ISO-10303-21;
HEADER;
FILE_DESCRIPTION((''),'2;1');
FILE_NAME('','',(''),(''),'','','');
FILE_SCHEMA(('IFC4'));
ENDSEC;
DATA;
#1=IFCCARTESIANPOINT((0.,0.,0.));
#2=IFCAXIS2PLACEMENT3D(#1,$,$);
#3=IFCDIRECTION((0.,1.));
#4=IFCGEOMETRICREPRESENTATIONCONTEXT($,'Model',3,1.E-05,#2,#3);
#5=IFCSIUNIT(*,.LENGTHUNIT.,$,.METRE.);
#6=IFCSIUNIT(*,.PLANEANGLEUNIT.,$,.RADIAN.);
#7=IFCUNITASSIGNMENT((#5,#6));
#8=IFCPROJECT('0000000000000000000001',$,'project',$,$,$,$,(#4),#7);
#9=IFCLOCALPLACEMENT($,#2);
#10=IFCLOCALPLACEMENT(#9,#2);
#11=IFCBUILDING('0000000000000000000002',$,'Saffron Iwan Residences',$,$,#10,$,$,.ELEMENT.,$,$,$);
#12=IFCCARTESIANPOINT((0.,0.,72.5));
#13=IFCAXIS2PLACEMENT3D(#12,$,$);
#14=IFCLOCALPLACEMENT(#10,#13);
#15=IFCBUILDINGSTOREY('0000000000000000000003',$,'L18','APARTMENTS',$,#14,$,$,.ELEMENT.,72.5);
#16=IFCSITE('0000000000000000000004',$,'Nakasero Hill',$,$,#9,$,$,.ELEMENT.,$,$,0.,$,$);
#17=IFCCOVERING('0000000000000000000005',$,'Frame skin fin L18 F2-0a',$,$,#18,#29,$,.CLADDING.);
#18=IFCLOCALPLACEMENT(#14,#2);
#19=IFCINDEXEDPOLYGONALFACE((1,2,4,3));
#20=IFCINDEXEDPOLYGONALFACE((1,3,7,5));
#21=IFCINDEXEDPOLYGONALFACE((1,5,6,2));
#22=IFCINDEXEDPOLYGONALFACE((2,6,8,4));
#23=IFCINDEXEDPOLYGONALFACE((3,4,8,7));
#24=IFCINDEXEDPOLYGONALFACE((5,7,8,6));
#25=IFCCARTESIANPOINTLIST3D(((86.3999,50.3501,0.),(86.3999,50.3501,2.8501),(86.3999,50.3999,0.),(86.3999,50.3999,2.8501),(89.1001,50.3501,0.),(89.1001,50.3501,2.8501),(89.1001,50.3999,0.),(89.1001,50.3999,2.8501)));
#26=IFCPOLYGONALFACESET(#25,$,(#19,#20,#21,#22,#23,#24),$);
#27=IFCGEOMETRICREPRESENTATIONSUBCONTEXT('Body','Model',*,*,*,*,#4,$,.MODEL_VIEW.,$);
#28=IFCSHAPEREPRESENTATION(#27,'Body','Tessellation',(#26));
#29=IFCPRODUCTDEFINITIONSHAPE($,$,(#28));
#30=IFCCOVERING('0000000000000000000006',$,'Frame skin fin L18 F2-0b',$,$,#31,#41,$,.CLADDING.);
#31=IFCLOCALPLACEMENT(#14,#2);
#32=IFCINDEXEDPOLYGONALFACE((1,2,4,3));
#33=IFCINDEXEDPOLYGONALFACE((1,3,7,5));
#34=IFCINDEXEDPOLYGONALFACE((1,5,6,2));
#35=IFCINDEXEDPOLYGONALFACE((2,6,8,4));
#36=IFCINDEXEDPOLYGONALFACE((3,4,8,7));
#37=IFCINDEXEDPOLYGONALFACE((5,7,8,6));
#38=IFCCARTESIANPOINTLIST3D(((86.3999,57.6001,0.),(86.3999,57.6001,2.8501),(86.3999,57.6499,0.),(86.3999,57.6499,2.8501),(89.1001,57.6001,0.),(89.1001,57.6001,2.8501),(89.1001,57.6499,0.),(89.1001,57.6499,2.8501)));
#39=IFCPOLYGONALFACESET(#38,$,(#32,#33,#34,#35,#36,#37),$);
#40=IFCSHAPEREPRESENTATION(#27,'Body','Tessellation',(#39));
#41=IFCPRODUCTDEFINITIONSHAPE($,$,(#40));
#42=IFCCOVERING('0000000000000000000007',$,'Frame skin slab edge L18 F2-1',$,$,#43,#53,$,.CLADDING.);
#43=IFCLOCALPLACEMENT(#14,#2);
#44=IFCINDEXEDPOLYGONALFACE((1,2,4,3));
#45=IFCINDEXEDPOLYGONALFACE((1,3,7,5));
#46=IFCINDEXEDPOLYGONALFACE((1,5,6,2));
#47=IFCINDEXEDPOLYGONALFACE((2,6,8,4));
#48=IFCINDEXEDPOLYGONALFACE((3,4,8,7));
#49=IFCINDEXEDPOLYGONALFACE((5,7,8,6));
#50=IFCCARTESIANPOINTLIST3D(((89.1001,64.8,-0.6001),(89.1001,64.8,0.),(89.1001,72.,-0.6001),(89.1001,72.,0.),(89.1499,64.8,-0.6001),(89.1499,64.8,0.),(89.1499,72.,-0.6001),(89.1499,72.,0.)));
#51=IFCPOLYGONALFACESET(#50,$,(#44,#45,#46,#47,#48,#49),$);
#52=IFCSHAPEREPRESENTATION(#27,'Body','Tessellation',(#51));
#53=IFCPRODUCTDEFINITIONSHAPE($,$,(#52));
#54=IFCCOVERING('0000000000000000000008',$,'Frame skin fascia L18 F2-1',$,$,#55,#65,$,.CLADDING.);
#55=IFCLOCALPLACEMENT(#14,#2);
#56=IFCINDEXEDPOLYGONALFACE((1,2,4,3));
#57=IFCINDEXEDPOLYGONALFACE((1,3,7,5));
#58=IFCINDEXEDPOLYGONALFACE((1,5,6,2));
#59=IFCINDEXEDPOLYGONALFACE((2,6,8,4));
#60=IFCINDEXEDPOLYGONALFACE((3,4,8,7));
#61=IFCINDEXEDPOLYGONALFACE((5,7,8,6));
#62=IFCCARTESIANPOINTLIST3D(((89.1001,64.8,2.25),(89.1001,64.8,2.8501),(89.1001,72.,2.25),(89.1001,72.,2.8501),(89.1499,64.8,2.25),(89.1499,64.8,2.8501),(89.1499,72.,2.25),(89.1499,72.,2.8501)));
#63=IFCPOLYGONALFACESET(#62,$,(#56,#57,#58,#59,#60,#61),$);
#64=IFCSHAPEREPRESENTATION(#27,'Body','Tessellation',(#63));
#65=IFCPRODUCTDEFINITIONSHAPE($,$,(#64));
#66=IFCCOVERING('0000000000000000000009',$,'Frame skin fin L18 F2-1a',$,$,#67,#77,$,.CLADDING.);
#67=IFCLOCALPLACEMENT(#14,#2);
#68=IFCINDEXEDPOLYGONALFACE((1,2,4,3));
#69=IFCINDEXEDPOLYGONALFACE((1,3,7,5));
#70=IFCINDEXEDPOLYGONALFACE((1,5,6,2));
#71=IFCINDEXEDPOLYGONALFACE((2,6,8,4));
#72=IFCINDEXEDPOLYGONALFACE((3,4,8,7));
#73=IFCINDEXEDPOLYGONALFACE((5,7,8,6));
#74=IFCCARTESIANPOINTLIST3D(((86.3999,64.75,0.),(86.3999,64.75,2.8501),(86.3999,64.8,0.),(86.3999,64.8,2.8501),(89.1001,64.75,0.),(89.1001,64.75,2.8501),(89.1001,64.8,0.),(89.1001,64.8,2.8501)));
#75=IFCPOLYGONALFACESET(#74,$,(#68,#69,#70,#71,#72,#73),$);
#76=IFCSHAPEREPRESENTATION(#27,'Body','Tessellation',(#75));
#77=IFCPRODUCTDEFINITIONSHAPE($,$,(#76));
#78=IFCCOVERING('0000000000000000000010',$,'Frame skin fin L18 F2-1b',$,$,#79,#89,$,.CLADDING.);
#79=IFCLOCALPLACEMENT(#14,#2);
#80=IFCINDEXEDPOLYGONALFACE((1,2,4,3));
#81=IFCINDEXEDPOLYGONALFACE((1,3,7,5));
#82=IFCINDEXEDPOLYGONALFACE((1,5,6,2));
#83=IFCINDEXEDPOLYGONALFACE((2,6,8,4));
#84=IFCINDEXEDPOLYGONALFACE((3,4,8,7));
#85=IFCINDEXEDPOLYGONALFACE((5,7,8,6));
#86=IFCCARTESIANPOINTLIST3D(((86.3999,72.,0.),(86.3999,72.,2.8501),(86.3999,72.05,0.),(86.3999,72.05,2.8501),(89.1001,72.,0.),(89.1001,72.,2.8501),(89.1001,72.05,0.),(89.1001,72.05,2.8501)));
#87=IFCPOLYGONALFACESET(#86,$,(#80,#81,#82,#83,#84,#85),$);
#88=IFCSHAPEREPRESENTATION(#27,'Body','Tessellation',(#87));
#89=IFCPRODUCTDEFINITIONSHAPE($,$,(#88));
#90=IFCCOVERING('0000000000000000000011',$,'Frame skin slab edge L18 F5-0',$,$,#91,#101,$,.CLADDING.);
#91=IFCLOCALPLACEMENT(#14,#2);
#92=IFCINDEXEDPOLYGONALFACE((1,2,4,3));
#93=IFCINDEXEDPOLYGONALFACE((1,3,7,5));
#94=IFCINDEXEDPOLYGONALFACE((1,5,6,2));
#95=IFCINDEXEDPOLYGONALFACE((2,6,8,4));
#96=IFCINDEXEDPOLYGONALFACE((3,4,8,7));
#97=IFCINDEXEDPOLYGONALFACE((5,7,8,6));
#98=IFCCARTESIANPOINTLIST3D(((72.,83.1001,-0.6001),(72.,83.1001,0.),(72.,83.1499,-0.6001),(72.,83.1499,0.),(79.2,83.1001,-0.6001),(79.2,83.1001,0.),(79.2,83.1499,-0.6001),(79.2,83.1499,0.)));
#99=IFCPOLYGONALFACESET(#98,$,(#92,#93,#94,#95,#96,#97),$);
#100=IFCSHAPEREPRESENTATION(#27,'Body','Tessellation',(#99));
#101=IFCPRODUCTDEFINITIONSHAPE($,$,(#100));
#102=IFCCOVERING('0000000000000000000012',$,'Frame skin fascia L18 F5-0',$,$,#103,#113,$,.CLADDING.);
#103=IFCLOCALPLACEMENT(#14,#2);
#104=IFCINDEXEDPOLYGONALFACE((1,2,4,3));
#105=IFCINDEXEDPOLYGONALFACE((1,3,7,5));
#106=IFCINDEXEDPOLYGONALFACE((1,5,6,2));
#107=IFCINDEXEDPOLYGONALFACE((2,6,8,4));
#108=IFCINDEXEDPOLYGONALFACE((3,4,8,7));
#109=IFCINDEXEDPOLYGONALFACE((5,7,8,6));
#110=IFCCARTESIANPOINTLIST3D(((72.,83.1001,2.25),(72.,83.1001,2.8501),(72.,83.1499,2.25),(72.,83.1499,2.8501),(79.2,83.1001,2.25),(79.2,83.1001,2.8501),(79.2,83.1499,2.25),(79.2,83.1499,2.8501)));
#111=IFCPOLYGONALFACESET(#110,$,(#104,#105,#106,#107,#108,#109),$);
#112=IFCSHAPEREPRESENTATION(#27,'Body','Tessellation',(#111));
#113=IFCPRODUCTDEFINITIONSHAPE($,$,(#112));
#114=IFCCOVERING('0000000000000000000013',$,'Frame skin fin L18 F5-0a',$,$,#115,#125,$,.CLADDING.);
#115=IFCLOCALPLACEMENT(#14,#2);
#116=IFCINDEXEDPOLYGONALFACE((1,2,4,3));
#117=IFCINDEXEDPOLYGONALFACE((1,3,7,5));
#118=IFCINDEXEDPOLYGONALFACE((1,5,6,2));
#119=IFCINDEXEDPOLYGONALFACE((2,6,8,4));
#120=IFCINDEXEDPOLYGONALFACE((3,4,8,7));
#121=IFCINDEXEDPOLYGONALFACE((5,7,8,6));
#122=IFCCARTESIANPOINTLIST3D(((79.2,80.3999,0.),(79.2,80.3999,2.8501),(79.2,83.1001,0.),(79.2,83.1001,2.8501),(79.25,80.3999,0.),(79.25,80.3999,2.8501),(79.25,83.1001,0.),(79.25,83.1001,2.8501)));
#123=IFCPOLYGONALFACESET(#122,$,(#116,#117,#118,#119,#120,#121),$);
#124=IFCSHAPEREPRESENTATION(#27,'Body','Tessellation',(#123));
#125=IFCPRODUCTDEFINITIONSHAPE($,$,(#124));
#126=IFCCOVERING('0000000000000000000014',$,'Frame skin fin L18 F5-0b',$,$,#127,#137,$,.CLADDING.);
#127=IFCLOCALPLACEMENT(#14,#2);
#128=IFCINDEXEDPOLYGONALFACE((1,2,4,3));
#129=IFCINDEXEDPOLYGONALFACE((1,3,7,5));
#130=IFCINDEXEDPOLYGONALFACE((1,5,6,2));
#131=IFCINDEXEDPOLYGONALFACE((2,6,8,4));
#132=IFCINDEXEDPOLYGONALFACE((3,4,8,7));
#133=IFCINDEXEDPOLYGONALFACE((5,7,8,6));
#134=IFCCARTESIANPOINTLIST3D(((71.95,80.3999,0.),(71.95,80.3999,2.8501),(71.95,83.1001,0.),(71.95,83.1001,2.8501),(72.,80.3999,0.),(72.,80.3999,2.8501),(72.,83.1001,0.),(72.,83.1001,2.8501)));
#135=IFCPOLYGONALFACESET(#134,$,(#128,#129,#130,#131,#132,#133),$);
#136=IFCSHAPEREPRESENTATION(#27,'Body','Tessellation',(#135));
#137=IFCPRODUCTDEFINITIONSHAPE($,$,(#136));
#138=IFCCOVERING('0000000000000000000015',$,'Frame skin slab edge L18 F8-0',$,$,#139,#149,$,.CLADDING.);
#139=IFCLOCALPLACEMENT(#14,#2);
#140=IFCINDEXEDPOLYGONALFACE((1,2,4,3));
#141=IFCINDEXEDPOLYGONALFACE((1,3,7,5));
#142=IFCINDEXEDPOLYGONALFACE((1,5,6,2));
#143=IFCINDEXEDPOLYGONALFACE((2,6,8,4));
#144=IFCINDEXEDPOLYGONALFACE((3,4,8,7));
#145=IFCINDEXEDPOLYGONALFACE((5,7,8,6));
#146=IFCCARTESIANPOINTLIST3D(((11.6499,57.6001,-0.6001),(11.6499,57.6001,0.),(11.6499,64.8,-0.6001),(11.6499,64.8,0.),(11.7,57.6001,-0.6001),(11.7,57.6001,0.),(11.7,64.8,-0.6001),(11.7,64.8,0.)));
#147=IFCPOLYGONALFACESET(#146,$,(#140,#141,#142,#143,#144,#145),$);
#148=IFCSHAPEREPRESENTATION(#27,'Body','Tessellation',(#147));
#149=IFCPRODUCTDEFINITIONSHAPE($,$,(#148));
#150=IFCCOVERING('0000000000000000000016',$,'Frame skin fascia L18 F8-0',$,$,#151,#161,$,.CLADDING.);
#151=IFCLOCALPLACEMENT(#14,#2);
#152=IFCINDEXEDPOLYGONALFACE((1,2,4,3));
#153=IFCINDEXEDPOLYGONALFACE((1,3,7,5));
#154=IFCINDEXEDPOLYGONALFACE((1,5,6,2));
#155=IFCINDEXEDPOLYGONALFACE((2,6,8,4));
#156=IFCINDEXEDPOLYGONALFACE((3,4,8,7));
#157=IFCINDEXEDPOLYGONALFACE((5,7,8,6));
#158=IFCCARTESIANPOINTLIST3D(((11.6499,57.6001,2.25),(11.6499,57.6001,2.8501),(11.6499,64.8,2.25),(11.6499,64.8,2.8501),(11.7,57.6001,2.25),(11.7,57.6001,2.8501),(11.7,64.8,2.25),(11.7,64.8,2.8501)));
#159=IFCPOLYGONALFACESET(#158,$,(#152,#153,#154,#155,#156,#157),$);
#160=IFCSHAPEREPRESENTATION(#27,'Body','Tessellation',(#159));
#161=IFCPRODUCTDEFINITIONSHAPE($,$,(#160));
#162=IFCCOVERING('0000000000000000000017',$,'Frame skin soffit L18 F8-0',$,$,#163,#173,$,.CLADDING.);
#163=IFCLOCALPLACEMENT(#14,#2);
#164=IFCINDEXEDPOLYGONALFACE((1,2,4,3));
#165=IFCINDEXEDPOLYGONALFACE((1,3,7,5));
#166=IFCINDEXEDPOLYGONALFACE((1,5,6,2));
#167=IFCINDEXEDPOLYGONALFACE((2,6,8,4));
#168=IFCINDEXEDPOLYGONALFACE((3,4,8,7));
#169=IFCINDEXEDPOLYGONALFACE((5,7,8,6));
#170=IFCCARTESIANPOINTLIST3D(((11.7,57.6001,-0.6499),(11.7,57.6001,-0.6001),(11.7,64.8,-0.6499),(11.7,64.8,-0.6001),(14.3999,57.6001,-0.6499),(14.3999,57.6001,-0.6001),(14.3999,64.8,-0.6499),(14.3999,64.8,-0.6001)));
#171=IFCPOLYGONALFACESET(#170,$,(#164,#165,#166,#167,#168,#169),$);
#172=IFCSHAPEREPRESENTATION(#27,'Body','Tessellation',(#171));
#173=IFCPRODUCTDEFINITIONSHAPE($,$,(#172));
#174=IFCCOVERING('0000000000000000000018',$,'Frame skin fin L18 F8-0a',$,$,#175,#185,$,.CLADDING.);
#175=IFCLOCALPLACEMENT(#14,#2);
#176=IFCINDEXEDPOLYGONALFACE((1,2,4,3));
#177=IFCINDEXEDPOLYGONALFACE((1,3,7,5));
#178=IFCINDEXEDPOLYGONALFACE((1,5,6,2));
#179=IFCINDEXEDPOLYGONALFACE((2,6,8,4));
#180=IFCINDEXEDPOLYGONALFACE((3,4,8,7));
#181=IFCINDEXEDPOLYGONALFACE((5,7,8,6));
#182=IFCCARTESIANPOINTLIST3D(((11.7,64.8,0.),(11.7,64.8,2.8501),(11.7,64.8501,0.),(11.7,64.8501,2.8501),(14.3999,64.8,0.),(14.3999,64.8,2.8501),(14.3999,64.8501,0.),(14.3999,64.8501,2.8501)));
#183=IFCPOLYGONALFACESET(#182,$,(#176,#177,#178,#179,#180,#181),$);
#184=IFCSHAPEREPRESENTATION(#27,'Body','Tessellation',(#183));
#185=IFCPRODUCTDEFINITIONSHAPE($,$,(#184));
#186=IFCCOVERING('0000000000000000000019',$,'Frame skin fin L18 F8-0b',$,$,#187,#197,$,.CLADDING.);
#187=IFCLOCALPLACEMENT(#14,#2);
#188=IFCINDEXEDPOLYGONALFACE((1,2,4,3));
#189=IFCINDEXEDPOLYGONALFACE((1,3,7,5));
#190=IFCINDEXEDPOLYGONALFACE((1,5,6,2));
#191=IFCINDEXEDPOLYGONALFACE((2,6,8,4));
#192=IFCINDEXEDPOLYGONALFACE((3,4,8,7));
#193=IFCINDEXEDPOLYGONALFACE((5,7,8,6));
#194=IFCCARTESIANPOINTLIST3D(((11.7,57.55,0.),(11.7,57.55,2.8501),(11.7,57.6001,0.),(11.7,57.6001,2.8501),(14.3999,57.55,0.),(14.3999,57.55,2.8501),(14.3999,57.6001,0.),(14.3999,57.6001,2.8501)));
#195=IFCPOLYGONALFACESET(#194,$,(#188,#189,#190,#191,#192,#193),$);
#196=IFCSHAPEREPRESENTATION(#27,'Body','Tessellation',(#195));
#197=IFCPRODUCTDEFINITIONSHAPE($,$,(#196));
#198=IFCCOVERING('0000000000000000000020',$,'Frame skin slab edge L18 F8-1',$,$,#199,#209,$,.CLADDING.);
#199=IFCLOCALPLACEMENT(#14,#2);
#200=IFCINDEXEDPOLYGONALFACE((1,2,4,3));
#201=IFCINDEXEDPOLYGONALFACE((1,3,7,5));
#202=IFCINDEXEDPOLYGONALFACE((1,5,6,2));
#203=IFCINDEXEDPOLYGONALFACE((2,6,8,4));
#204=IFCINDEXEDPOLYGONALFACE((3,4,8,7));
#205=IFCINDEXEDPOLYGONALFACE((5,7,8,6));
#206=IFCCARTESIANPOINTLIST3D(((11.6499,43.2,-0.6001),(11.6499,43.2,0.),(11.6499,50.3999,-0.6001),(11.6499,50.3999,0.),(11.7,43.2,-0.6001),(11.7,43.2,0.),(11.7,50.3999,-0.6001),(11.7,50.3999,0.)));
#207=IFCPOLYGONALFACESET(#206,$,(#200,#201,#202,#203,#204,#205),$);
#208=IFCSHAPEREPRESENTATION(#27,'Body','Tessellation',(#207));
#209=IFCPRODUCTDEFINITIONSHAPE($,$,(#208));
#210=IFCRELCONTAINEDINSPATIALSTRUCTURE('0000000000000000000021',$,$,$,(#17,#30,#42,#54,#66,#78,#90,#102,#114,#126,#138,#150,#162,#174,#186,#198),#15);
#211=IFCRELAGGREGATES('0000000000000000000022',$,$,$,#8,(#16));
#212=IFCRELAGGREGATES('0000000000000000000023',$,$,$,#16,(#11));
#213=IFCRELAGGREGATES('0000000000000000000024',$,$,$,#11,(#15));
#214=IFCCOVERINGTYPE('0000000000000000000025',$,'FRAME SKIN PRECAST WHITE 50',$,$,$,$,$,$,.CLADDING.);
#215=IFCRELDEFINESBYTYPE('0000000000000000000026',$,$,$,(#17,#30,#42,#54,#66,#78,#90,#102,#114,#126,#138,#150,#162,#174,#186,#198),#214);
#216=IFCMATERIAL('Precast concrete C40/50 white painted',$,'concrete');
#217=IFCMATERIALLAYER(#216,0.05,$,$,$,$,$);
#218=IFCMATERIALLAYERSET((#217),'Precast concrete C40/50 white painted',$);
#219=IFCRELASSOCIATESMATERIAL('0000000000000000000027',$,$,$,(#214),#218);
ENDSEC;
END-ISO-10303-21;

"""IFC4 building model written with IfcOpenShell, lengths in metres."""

from ifc_helpers import new_model, si_unit, direction, frame, origin, place, context, subcontext, project, spatial, polyline, outline, extrude, material, layer, layer_set, type_object, element, save


model = new_model("IFC4")

# Units and contexts
model_context = context("Model", 3, precision=1e-05, world=origin(), true_north=direction((0.0, 1.0)))
body_context = subcontext(model_context, "Body", "Model", "MODEL_VIEW")
ifc_project = project(units=[si_unit("LENGTHUNIT", "METRE"), si_unit("PLANEANGLEUNIT", "RADIAN")], contexts=[model_context])

# Site, building, storey
site_placement = place(None, origin())
site = spatial("IfcSite", under=ifc_project, at=site_placement, Name="Nakasero Hill", CompositionType="ELEMENT", RefElevation=0.0)
building_placement = place(site_placement, origin())
building = spatial("IfcBuilding", under=site, at=building_placement, Name="Saffron Iwan Residences", CompositionType="ELEMENT")
storey_placement = place(building_placement, frame((0.0, 0.0, 72.5)))
storey = spatial("IfcBuildingStorey", under=building, at=storey_placement, Name="L18", Description="APARTMENTS", CompositionType="ELEMENT", Elevation=72.5)

# Coverings
ifc_material_1 = material(Name="Precast concrete C40/50 white painted", Category="concrete")
ifc_layer_1 = layer(ifc_material_1, 0.05)
ifc_layer_set_1 = layer_set([ifc_layer_1], Name="Precast concrete C40/50 white painted")
covering_type_1 = type_object("IfcCoveringType", Name="FRAME SKIN PRECAST WHITE 50", PredefinedType="CLADDING", material=ifc_layer_set_1)
covering_1_placement = place(storey_placement, origin())
element("IfcCovering", 1, at=covering_1_placement, inside=storey, type_object=covering_type_1, Name="Frame skin fin L18 F2-0a", PredefinedType="CLADDING", context=body_context, shape_type="SweptSolid", body=[
    extrude(outline(polyline([(89.1001, 50.3501), (89.1001, 50.3999), (86.3999, 50.3999), (86.3999, 50.3501), (89.1001, 50.3501)])), origin(), (0.0, 0.0, 1.0), 2.8501),
])
covering_2_placement = place(storey_placement, origin())
element("IfcCovering", 2, at=covering_2_placement, inside=storey, type_object=covering_type_1, Name="Frame skin fin L18 F2-0b", PredefinedType="CLADDING", context=body_context, shape_type="SweptSolid", body=[
    extrude(outline(polyline([(89.1001, 57.6001), (89.1001, 57.6499), (86.3999, 57.6499), (86.3999, 57.6001), (89.1001, 57.6001)])), origin(), (0.0, 0.0, 1.0), 2.8501),
])
for number, where, name in (
    (3, (0.0, 0.0, -0.6001), "Frame skin slab edge L18 F2-1"),
    (4, (0.0, 0.0, 2.25), "Frame skin fascia L18 F2-1"),
):
    element("IfcCovering", number, at=place(storey_placement, frame(where)), inside=storey, type_object=covering_type_1, Name=name, PredefinedType="CLADDING", context=body_context, shape_type="SweptSolid", body=[
        extrude(outline(polyline([(89.1499, 64.8), (89.1499, 72.0), (89.1001, 72.0), (89.1001, 64.8), (89.1499, 64.8)])), origin(), (0.0, 0.0, 1.0), 0.6001),
    ])
covering_3_placement = place(storey_placement, origin())
element("IfcCovering", 5, at=covering_3_placement, inside=storey, type_object=covering_type_1, Name="Frame skin fin L18 F2-1a", PredefinedType="CLADDING", context=body_context, shape_type="SweptSolid", body=[
    extrude(outline(polyline([(89.1001, 64.75), (89.1001, 64.8), (86.3999, 64.8), (86.3999, 64.75), (89.1001, 64.75)])), origin(), (0.0, 0.0, 1.0), 2.8501),
])
covering_4_placement = place(storey_placement, origin())
element("IfcCovering", 6, at=covering_4_placement, inside=storey, type_object=covering_type_1, Name="Frame skin fin L18 F2-1b", PredefinedType="CLADDING", context=body_context, shape_type="SweptSolid", body=[
    extrude(outline(polyline([(89.1001, 72.0), (89.1001, 72.05), (86.3999, 72.05), (86.3999, 72.0), (89.1001, 72.0)])), origin(), (0.0, 0.0, 1.0), 2.8501),
])
for number, where, name in (
    (7, (0.0, 0.0, -0.6001), "Frame skin slab edge L18 F5-0"),
    (8, (0.0, 0.0, 2.25), "Frame skin fascia L18 F5-0"),
):
    element("IfcCovering", number, at=place(storey_placement, frame(where)), inside=storey, type_object=covering_type_1, Name=name, PredefinedType="CLADDING", context=body_context, shape_type="SweptSolid", body=[
        extrude(outline(polyline([(79.2, 83.1499), (72.0, 83.1499), (72.0, 83.1001), (79.2, 83.1001), (79.2, 83.1499)])), origin(), (0.0, 0.0, 1.0), 0.6001),
    ])
covering_5_placement = place(storey_placement, origin())
element("IfcCovering", 9, at=covering_5_placement, inside=storey, type_object=covering_type_1, Name="Frame skin fin L18 F5-0a", PredefinedType="CLADDING", context=body_context, shape_type="SweptSolid", body=[
    extrude(outline(polyline([(79.25, 83.1001), (79.2, 83.1001), (79.2, 80.3999), (79.25, 80.3999), (79.25, 83.1001)])), origin(), (0.0, 0.0, 1.0), 2.8501),
])
covering_6_placement = place(storey_placement, origin())
element("IfcCovering", 10, at=covering_6_placement, inside=storey, type_object=covering_type_1, Name="Frame skin fin L18 F5-0b", PredefinedType="CLADDING", context=body_context, shape_type="SweptSolid", body=[
    extrude(outline(polyline([(72.0, 83.1001), (71.95, 83.1001), (71.95, 80.3999), (72.0, 80.3999), (72.0, 83.1001)])), origin(), (0.0, 0.0, 1.0), 2.8501),
])
for number, where, name in (
    (11, (0.0, 0.0, -0.6001), "Frame skin slab edge L18 F8-0"),
    (12, (0.0, 0.0, 2.25), "Frame skin fascia L18 F8-0"),
):
    element("IfcCovering", number, at=place(storey_placement, frame(where)), inside=storey, type_object=covering_type_1, Name=name, PredefinedType="CLADDING", context=body_context, shape_type="SweptSolid", body=[
        extrude(outline(polyline([(11.6499, 64.8), (11.6499, 57.6001), (11.7, 57.6001), (11.7, 64.8), (11.6499, 64.8)])), origin(), (0.0, 0.0, 1.0), 0.6001),
    ])
covering_7_placement = place(storey_placement, frame((0.0, 0.0, -0.6499)))
element("IfcCovering", 13, at=covering_7_placement, inside=storey, type_object=covering_type_1, Name="Frame skin soffit L18 F8-0", PredefinedType="CLADDING", context=body_context, shape_type="SweptSolid", body=[
    extrude(outline(polyline([(11.7, 64.8), (11.7, 57.6001), (14.3999, 57.6001), (14.3999, 64.8), (11.7, 64.8)])), origin(), (0.0, 0.0, 1.0), 0.0498),
])
covering_8_placement = place(storey_placement, origin())
element("IfcCovering", 14, at=covering_8_placement, inside=storey, type_object=covering_type_1, Name="Frame skin fin L18 F8-0a", PredefinedType="CLADDING", context=body_context, shape_type="SweptSolid", body=[
    extrude(outline(polyline([(11.7, 64.8501), (11.7, 64.8), (14.3999, 64.8), (14.3999, 64.8501), (11.7, 64.8501)])), origin(), (0.0, 0.0, 1.0), 2.8501),
])
covering_9_placement = place(storey_placement, origin())
element("IfcCovering", 15, at=covering_9_placement, inside=storey, type_object=covering_type_1, Name="Frame skin fin L18 F8-0b", PredefinedType="CLADDING", context=body_context, shape_type="SweptSolid", body=[
    extrude(outline(polyline([(11.7, 57.6001), (11.7, 57.55), (14.3999, 57.55), (14.3999, 57.6001), (11.7, 57.6001)])), origin(), (0.0, 0.0, 1.0), 2.8501),
])
for number, where, name in (
    (16, (0.0, 0.0, -0.6001), "Frame skin slab edge L18 F8-1"),
):
    element("IfcCovering", number, at=place(storey_placement, frame(where)), inside=storey, type_object=covering_type_1, Name=name, PredefinedType="CLADDING", context=body_context, shape_type="SweptSolid", body=[
        extrude(outline(polyline([(11.6499, 50.3999), (11.6499, 43.2), (11.7, 43.2), (11.7, 50.3999), (11.6499, 50.3999)])), origin(), (0.0, 0.0, 1.0), 0.6001),
    ])

save(model, "model.ifc")
